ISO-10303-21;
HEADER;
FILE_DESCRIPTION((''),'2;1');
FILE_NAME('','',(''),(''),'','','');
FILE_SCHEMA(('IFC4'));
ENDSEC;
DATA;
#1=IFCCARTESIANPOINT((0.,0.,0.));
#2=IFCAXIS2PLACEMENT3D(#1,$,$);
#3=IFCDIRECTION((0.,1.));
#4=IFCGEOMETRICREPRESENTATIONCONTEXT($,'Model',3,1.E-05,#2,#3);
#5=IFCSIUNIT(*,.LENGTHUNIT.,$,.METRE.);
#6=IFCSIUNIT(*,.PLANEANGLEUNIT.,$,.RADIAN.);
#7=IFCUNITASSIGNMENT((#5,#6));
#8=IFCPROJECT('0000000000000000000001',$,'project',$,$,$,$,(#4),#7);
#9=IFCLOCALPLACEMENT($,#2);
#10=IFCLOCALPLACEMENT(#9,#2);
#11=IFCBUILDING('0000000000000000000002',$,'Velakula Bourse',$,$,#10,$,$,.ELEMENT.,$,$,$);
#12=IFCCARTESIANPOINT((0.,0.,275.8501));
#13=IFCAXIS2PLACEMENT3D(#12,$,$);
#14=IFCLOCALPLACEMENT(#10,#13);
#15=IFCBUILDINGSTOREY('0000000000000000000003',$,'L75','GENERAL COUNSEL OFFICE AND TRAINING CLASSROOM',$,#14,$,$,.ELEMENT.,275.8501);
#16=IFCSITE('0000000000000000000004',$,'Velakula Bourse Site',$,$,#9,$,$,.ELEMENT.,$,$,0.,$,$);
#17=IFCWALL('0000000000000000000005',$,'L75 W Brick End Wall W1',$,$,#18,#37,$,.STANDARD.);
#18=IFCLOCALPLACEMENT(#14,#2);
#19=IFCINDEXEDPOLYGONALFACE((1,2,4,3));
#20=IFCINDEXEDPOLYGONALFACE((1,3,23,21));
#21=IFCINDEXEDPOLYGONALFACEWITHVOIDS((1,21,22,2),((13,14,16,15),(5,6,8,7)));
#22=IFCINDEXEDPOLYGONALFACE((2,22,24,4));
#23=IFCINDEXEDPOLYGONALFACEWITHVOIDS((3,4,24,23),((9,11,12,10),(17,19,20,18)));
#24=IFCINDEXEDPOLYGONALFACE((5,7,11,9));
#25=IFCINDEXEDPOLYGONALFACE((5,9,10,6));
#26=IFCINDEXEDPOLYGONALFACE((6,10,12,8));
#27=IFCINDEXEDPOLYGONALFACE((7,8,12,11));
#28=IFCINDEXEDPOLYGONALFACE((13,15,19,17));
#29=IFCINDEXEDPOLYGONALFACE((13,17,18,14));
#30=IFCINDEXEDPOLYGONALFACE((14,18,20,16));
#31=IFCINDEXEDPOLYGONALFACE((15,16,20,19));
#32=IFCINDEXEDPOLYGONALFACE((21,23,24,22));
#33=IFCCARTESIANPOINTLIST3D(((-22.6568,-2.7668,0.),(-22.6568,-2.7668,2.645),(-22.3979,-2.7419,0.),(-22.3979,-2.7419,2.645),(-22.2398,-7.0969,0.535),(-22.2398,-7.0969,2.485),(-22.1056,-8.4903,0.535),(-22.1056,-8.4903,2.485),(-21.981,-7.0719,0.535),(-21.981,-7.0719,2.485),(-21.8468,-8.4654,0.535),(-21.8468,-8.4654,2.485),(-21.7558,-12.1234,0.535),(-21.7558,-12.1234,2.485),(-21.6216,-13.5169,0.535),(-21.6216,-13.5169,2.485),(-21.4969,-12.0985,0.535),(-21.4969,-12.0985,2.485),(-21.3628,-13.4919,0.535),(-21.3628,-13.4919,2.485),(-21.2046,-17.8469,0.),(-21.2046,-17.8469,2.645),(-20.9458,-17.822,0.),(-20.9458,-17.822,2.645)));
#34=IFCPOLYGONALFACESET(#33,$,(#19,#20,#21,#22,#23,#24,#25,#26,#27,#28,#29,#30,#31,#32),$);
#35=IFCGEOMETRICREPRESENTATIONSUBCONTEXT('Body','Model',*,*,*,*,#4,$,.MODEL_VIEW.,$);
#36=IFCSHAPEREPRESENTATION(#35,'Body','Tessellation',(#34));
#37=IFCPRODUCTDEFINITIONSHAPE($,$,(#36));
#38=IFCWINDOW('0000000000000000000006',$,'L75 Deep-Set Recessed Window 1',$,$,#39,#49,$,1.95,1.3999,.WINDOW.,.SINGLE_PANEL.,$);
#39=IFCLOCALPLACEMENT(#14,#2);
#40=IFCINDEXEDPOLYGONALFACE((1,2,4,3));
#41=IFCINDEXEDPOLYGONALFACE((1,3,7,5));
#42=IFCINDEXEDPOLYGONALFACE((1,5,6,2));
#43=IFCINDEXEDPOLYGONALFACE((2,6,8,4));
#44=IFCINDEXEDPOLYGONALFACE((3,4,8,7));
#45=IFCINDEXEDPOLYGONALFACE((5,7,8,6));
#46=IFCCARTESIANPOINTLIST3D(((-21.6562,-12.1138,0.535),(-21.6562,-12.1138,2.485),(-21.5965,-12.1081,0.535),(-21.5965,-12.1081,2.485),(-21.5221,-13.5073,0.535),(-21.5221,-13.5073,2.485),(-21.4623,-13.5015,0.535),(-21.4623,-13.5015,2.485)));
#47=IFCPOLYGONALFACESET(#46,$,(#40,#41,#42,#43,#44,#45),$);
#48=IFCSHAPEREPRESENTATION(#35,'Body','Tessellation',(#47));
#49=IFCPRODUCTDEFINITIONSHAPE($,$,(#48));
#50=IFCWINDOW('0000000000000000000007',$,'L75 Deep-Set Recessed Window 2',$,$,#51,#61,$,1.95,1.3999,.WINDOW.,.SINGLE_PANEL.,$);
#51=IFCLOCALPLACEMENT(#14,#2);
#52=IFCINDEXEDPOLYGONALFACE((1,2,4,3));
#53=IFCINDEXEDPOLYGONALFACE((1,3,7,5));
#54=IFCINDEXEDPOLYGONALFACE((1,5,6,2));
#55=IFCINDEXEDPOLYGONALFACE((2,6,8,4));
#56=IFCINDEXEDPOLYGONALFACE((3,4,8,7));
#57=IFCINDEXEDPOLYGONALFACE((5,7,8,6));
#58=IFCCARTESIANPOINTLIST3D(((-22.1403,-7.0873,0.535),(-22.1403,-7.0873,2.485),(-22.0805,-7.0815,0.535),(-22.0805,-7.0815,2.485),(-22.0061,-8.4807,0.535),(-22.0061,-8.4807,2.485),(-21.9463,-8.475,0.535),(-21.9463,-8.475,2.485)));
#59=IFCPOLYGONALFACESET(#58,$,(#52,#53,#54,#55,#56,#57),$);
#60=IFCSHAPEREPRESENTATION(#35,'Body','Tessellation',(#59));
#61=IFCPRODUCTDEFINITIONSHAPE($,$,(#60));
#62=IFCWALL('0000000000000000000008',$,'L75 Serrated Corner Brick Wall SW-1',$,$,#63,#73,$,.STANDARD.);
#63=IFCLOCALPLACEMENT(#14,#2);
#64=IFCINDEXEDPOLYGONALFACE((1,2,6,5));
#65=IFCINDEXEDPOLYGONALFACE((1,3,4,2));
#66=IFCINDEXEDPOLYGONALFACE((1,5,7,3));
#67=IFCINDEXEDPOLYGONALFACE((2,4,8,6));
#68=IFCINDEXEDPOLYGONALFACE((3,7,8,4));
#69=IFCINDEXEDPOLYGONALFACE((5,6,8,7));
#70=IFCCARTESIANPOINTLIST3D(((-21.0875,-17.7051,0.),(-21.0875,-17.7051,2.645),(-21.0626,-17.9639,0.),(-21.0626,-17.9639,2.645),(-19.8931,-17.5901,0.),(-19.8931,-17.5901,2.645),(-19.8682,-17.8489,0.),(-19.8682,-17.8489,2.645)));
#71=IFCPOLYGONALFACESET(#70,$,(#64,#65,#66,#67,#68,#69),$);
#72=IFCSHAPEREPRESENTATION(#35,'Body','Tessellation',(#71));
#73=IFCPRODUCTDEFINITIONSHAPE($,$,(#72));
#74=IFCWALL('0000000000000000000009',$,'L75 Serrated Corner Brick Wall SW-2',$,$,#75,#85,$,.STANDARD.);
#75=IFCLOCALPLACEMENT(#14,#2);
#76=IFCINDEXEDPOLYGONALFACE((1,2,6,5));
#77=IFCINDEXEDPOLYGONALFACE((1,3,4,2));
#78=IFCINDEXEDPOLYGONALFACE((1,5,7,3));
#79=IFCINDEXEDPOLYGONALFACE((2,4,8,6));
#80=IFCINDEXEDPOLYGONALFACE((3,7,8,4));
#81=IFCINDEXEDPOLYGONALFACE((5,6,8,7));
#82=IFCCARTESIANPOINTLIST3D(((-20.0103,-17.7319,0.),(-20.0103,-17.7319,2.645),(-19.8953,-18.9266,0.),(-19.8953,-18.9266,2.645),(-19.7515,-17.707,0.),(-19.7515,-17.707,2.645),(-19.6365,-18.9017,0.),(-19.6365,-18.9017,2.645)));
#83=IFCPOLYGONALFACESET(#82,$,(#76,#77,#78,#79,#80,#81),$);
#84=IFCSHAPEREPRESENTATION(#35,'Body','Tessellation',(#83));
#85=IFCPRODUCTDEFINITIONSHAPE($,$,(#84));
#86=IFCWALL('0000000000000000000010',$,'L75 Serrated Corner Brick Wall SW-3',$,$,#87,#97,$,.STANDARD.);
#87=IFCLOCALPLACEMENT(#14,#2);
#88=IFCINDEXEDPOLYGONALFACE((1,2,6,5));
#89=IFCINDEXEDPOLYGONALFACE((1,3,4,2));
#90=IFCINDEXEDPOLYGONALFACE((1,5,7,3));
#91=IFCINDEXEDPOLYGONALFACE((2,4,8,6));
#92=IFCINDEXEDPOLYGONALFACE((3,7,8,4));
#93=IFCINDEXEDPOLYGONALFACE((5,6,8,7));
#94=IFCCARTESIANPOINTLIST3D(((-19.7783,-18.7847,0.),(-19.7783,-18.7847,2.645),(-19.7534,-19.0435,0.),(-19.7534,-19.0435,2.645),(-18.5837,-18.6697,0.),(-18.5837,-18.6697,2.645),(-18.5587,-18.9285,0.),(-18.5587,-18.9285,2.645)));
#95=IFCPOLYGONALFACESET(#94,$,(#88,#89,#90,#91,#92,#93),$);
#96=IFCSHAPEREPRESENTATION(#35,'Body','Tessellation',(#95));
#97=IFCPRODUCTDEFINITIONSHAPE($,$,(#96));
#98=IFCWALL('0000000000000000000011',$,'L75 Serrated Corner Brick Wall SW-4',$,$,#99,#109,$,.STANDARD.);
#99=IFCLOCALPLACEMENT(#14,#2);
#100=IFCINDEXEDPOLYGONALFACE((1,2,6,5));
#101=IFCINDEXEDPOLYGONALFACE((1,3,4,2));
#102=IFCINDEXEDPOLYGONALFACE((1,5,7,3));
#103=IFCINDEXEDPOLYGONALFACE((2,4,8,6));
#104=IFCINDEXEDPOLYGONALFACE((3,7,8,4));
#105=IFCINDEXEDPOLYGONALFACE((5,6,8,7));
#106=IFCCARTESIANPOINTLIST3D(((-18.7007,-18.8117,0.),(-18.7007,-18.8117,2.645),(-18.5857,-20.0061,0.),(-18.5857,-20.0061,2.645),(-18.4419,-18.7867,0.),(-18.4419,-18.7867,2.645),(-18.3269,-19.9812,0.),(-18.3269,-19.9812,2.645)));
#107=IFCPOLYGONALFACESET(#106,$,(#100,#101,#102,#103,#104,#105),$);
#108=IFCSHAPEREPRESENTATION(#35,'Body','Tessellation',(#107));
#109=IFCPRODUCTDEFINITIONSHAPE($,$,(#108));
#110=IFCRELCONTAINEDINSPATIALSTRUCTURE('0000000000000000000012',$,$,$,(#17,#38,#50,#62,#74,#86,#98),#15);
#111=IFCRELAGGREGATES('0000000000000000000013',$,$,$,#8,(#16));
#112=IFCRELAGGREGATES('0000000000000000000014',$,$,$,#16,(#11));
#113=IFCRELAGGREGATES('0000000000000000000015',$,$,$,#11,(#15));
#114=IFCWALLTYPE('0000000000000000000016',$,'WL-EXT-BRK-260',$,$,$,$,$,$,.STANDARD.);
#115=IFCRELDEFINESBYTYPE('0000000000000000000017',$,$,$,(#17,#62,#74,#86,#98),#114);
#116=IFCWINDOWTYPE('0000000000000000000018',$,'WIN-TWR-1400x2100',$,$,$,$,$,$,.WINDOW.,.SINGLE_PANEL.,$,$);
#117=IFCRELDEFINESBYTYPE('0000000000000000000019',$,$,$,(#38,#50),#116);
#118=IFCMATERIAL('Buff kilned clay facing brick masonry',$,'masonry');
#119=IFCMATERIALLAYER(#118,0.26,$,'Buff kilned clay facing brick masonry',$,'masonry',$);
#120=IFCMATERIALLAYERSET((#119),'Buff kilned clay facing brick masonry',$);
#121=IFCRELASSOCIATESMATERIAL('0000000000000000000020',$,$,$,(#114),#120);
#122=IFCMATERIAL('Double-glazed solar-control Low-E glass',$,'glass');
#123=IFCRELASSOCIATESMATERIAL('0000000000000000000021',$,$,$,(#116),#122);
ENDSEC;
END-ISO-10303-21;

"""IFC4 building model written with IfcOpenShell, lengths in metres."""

from ifc_helpers import new_model, si_unit, direction, frame, frame_2d, origin, place, context, subcontext, project, spatial, rectangle, extrude, material, layer, layer_set, type_object, element, fill, save


model = new_model("IFC4")

# Units and contexts
model_context = context("Model", 3, precision=1e-05, world=origin(), true_north=direction((0.0, 1.0)))
body_context = subcontext(model_context, "Body", "Model", "MODEL_VIEW")
ifc_project = project(units=[si_unit("LENGTHUNIT", "METRE"), si_unit("PLANEANGLEUNIT", "RADIAN")], contexts=[model_context])

# Site, building, storey
site_placement = place(None, origin())
site = spatial("IfcSite", under=ifc_project, at=site_placement, Name="Velakula Bourse Site", CompositionType="ELEMENT", RefElevation=0.0)
building_placement = place(site_placement, origin())
building = spatial("IfcBuilding", under=site, at=building_placement, Name="Velakula Bourse", CompositionType="ELEMENT")
storey_placement = place(building_placement, frame((0.0, 0.0, 275.8501)))
storey = spatial("IfcBuildingStorey", under=building, at=storey_placement, Name="L75", Description="GENERAL COUNSEL OFFICE AND TRAINING CLASSROOM", CompositionType="ELEMENT", Elevation=275.8501)

# Wall, openings, windows
ifc_material_1 = material(Name="Buff kilned clay facing brick masonry", Category="masonry")
ifc_layer = layer(ifc_material_1, 0.26, Name="Buff kilned clay facing brick masonry", Category="masonry")
ifc_layer_set = layer_set([ifc_layer], Name="Buff kilned clay facing brick masonry")
wall_type = type_object("IfcWallType", Name="WL-EXT-BRK-260", PredefinedType="STANDARD", material=ifc_layer_set)
wall_1_placement = place(storey_placement, frame((-21.0752, -17.8345, 0.0), z_axis=(0.0, 0.0, 1.0), x_axis=(-0.095852, 0.995396, 0.0)))
wall_1 = element("IfcWall", 1, at=wall_1_placement, inside=storey, type_object=wall_type, Name="L75 W Brick End Wall W1", PredefinedType="STANDARD", context=body_context, shape_type="SweptSolid", body=[
    extrude(rectangle(XDim=15.1499, YDim=0.26, at=frame_2d((7.575, 0.0))), origin(), (0.0, 0.0, 1.0), 2.645),
])
opening_1_placement = place(wall_1_placement, frame((4.3501, 0.0, 0.5349)))
opening_1 = element("IfcOpeningElement", 2, at=opening_1_placement, cuts=wall_1, PredefinedType="OPENING", context=body_context, shape_type="SweptSolid", body=[
    extrude(rectangle(XDim=1.3999, YDim=1.95, at=frame_2d((0.7, 0.9751))), frame((0.0, 0.1399, 0.0), z_axis=(0.0, -1.0, 0.0), x_axis=(1.0, 0.0, 0.0)), (0.0, 0.0, 1.0), 0.28),
])
opening_2_placement = place(wall_1_placement, frame((9.3999, 0.0, 0.5349)))
opening_2 = element("IfcOpeningElement", 3, at=opening_2_placement, cuts=wall_1, PredefinedType="OPENING", context=body_context, shape_type="SweptSolid", body=[
    extrude(rectangle(XDim=1.3999, YDim=1.95, at=frame_2d((0.7, 0.9751))), frame((0.0, 0.1399, 0.0), z_axis=(0.0, -1.0, 0.0), x_axis=(1.0, 0.0, 0.0)), (0.0, 0.0, 1.0), 0.28),
])
ifc_material_2 = material(Name="Double-glazed solar-control Low-E glass", Category="glass")
window_type = type_object("IfcWindowType", Name="WIN-TWR-1400x2100", PartitioningType="SINGLE_PANEL", PredefinedType="WINDOW", material=ifc_material_2)
window_1_placement = place(opening_1_placement, origin())
window_1 = element("IfcWindow", 4, at=window_1_placement, inside=storey, type_object=window_type, Name="L75 Deep-Set Recessed Window 1", OverallHeight=1.95, OverallWidth=1.3999, PartitioningType="SINGLE_PANEL", PredefinedType="WINDOW", context=body_context, shape_type="SweptSolid", body=[
    extrude(rectangle(XDim=1.3999, YDim=1.95, at=frame_2d((0.7, 0.9751))), frame((0.0, 0.03, 0.0), z_axis=(0.0, -1.0, 0.0), x_axis=(1.0, 0.0, 0.0)), (0.0, 0.0, 1.0), 0.0601),
])
fill(opening_1, window_1)
window_2_placement = place(opening_2_placement, origin())
window_2 = element("IfcWindow", 5, at=window_2_placement, inside=storey, type_object=window_type, Name="L75 Deep-Set Recessed Window 2", OverallHeight=1.95, OverallWidth=1.3999, PartitioningType="SINGLE_PANEL", PredefinedType="WINDOW", context=body_context, shape_type="SweptSolid", body=[
    extrude(rectangle(XDim=1.3999, YDim=1.95, at=frame_2d((0.7, 0.9751))), frame((0.0, 0.03, 0.0), z_axis=(0.0, -1.0, 0.0), x_axis=(1.0, 0.0, 0.0)), (0.0, 0.0, 1.0), 0.0601),
])
fill(opening_2, window_2)

# Walls
wall_2_placement = place(storey_placement, frame((-21.0752, -17.8345, 0.0), z_axis=(0.0, 0.0, 1.0), x_axis=(0.995397, 0.095836, 0.0)))
element("IfcWall", 6, at=wall_2_placement, inside=storey, type_object=wall_type, Name="L75 Serrated Corner Brick Wall SW-1", PredefinedType="STANDARD", context=body_context, shape_type="SweptSolid", body=[
    extrude(rectangle(XDim=1.2, YDim=0.26, at=frame_2d((0.6001, 0.0))), origin(), (0.0, 0.0, 1.0), 2.645),
])
for number, where, z_axis, x_axis, name in (
    (7, (-19.8809, -17.7195, 0.0), (0.0, 0.0, 1.0), (0.095817, -0.995399, 0.0), "L75 Serrated Corner Brick Wall SW-2"),
    (8, (-19.7659, -18.9141, 0.0), (0.0, 0.0, 1.0), (0.995399, 0.095817, 0.0), "L75 Serrated Corner Brick Wall SW-3"),
):
    element("IfcWall", number, at=place(storey_placement, frame(where, z_axis=z_axis, x_axis=x_axis)), inside=storey, type_object=wall_type, Name=name, PredefinedType="STANDARD", context=body_context, shape_type="SweptSolid", body=[
        extrude(rectangle(XDim=1.2002, YDim=0.26, at=frame_2d((0.6001, 0.0))), origin(), (0.0, 0.0, 1.0), 2.645),
    ])
wall_3_placement = place(storey_placement, frame((-18.5713, -18.7991, 0.0), z_axis=(0.0, 0.0, 1.0), x_axis=(0.095836, -0.995397, 0.0)))
element("IfcWall", 9, at=wall_3_placement, inside=storey, type_object=wall_type, Name="L75 Serrated Corner Brick Wall SW-4", PredefinedType="STANDARD", context=body_context, shape_type="SweptSolid", body=[
    extrude(rectangle(XDim=1.2, YDim=0.26, at=frame_2d((0.6001, 0.0))), origin(), (0.0, 0.0, 1.0), 2.645),
])

save(model, "model.ifc")
